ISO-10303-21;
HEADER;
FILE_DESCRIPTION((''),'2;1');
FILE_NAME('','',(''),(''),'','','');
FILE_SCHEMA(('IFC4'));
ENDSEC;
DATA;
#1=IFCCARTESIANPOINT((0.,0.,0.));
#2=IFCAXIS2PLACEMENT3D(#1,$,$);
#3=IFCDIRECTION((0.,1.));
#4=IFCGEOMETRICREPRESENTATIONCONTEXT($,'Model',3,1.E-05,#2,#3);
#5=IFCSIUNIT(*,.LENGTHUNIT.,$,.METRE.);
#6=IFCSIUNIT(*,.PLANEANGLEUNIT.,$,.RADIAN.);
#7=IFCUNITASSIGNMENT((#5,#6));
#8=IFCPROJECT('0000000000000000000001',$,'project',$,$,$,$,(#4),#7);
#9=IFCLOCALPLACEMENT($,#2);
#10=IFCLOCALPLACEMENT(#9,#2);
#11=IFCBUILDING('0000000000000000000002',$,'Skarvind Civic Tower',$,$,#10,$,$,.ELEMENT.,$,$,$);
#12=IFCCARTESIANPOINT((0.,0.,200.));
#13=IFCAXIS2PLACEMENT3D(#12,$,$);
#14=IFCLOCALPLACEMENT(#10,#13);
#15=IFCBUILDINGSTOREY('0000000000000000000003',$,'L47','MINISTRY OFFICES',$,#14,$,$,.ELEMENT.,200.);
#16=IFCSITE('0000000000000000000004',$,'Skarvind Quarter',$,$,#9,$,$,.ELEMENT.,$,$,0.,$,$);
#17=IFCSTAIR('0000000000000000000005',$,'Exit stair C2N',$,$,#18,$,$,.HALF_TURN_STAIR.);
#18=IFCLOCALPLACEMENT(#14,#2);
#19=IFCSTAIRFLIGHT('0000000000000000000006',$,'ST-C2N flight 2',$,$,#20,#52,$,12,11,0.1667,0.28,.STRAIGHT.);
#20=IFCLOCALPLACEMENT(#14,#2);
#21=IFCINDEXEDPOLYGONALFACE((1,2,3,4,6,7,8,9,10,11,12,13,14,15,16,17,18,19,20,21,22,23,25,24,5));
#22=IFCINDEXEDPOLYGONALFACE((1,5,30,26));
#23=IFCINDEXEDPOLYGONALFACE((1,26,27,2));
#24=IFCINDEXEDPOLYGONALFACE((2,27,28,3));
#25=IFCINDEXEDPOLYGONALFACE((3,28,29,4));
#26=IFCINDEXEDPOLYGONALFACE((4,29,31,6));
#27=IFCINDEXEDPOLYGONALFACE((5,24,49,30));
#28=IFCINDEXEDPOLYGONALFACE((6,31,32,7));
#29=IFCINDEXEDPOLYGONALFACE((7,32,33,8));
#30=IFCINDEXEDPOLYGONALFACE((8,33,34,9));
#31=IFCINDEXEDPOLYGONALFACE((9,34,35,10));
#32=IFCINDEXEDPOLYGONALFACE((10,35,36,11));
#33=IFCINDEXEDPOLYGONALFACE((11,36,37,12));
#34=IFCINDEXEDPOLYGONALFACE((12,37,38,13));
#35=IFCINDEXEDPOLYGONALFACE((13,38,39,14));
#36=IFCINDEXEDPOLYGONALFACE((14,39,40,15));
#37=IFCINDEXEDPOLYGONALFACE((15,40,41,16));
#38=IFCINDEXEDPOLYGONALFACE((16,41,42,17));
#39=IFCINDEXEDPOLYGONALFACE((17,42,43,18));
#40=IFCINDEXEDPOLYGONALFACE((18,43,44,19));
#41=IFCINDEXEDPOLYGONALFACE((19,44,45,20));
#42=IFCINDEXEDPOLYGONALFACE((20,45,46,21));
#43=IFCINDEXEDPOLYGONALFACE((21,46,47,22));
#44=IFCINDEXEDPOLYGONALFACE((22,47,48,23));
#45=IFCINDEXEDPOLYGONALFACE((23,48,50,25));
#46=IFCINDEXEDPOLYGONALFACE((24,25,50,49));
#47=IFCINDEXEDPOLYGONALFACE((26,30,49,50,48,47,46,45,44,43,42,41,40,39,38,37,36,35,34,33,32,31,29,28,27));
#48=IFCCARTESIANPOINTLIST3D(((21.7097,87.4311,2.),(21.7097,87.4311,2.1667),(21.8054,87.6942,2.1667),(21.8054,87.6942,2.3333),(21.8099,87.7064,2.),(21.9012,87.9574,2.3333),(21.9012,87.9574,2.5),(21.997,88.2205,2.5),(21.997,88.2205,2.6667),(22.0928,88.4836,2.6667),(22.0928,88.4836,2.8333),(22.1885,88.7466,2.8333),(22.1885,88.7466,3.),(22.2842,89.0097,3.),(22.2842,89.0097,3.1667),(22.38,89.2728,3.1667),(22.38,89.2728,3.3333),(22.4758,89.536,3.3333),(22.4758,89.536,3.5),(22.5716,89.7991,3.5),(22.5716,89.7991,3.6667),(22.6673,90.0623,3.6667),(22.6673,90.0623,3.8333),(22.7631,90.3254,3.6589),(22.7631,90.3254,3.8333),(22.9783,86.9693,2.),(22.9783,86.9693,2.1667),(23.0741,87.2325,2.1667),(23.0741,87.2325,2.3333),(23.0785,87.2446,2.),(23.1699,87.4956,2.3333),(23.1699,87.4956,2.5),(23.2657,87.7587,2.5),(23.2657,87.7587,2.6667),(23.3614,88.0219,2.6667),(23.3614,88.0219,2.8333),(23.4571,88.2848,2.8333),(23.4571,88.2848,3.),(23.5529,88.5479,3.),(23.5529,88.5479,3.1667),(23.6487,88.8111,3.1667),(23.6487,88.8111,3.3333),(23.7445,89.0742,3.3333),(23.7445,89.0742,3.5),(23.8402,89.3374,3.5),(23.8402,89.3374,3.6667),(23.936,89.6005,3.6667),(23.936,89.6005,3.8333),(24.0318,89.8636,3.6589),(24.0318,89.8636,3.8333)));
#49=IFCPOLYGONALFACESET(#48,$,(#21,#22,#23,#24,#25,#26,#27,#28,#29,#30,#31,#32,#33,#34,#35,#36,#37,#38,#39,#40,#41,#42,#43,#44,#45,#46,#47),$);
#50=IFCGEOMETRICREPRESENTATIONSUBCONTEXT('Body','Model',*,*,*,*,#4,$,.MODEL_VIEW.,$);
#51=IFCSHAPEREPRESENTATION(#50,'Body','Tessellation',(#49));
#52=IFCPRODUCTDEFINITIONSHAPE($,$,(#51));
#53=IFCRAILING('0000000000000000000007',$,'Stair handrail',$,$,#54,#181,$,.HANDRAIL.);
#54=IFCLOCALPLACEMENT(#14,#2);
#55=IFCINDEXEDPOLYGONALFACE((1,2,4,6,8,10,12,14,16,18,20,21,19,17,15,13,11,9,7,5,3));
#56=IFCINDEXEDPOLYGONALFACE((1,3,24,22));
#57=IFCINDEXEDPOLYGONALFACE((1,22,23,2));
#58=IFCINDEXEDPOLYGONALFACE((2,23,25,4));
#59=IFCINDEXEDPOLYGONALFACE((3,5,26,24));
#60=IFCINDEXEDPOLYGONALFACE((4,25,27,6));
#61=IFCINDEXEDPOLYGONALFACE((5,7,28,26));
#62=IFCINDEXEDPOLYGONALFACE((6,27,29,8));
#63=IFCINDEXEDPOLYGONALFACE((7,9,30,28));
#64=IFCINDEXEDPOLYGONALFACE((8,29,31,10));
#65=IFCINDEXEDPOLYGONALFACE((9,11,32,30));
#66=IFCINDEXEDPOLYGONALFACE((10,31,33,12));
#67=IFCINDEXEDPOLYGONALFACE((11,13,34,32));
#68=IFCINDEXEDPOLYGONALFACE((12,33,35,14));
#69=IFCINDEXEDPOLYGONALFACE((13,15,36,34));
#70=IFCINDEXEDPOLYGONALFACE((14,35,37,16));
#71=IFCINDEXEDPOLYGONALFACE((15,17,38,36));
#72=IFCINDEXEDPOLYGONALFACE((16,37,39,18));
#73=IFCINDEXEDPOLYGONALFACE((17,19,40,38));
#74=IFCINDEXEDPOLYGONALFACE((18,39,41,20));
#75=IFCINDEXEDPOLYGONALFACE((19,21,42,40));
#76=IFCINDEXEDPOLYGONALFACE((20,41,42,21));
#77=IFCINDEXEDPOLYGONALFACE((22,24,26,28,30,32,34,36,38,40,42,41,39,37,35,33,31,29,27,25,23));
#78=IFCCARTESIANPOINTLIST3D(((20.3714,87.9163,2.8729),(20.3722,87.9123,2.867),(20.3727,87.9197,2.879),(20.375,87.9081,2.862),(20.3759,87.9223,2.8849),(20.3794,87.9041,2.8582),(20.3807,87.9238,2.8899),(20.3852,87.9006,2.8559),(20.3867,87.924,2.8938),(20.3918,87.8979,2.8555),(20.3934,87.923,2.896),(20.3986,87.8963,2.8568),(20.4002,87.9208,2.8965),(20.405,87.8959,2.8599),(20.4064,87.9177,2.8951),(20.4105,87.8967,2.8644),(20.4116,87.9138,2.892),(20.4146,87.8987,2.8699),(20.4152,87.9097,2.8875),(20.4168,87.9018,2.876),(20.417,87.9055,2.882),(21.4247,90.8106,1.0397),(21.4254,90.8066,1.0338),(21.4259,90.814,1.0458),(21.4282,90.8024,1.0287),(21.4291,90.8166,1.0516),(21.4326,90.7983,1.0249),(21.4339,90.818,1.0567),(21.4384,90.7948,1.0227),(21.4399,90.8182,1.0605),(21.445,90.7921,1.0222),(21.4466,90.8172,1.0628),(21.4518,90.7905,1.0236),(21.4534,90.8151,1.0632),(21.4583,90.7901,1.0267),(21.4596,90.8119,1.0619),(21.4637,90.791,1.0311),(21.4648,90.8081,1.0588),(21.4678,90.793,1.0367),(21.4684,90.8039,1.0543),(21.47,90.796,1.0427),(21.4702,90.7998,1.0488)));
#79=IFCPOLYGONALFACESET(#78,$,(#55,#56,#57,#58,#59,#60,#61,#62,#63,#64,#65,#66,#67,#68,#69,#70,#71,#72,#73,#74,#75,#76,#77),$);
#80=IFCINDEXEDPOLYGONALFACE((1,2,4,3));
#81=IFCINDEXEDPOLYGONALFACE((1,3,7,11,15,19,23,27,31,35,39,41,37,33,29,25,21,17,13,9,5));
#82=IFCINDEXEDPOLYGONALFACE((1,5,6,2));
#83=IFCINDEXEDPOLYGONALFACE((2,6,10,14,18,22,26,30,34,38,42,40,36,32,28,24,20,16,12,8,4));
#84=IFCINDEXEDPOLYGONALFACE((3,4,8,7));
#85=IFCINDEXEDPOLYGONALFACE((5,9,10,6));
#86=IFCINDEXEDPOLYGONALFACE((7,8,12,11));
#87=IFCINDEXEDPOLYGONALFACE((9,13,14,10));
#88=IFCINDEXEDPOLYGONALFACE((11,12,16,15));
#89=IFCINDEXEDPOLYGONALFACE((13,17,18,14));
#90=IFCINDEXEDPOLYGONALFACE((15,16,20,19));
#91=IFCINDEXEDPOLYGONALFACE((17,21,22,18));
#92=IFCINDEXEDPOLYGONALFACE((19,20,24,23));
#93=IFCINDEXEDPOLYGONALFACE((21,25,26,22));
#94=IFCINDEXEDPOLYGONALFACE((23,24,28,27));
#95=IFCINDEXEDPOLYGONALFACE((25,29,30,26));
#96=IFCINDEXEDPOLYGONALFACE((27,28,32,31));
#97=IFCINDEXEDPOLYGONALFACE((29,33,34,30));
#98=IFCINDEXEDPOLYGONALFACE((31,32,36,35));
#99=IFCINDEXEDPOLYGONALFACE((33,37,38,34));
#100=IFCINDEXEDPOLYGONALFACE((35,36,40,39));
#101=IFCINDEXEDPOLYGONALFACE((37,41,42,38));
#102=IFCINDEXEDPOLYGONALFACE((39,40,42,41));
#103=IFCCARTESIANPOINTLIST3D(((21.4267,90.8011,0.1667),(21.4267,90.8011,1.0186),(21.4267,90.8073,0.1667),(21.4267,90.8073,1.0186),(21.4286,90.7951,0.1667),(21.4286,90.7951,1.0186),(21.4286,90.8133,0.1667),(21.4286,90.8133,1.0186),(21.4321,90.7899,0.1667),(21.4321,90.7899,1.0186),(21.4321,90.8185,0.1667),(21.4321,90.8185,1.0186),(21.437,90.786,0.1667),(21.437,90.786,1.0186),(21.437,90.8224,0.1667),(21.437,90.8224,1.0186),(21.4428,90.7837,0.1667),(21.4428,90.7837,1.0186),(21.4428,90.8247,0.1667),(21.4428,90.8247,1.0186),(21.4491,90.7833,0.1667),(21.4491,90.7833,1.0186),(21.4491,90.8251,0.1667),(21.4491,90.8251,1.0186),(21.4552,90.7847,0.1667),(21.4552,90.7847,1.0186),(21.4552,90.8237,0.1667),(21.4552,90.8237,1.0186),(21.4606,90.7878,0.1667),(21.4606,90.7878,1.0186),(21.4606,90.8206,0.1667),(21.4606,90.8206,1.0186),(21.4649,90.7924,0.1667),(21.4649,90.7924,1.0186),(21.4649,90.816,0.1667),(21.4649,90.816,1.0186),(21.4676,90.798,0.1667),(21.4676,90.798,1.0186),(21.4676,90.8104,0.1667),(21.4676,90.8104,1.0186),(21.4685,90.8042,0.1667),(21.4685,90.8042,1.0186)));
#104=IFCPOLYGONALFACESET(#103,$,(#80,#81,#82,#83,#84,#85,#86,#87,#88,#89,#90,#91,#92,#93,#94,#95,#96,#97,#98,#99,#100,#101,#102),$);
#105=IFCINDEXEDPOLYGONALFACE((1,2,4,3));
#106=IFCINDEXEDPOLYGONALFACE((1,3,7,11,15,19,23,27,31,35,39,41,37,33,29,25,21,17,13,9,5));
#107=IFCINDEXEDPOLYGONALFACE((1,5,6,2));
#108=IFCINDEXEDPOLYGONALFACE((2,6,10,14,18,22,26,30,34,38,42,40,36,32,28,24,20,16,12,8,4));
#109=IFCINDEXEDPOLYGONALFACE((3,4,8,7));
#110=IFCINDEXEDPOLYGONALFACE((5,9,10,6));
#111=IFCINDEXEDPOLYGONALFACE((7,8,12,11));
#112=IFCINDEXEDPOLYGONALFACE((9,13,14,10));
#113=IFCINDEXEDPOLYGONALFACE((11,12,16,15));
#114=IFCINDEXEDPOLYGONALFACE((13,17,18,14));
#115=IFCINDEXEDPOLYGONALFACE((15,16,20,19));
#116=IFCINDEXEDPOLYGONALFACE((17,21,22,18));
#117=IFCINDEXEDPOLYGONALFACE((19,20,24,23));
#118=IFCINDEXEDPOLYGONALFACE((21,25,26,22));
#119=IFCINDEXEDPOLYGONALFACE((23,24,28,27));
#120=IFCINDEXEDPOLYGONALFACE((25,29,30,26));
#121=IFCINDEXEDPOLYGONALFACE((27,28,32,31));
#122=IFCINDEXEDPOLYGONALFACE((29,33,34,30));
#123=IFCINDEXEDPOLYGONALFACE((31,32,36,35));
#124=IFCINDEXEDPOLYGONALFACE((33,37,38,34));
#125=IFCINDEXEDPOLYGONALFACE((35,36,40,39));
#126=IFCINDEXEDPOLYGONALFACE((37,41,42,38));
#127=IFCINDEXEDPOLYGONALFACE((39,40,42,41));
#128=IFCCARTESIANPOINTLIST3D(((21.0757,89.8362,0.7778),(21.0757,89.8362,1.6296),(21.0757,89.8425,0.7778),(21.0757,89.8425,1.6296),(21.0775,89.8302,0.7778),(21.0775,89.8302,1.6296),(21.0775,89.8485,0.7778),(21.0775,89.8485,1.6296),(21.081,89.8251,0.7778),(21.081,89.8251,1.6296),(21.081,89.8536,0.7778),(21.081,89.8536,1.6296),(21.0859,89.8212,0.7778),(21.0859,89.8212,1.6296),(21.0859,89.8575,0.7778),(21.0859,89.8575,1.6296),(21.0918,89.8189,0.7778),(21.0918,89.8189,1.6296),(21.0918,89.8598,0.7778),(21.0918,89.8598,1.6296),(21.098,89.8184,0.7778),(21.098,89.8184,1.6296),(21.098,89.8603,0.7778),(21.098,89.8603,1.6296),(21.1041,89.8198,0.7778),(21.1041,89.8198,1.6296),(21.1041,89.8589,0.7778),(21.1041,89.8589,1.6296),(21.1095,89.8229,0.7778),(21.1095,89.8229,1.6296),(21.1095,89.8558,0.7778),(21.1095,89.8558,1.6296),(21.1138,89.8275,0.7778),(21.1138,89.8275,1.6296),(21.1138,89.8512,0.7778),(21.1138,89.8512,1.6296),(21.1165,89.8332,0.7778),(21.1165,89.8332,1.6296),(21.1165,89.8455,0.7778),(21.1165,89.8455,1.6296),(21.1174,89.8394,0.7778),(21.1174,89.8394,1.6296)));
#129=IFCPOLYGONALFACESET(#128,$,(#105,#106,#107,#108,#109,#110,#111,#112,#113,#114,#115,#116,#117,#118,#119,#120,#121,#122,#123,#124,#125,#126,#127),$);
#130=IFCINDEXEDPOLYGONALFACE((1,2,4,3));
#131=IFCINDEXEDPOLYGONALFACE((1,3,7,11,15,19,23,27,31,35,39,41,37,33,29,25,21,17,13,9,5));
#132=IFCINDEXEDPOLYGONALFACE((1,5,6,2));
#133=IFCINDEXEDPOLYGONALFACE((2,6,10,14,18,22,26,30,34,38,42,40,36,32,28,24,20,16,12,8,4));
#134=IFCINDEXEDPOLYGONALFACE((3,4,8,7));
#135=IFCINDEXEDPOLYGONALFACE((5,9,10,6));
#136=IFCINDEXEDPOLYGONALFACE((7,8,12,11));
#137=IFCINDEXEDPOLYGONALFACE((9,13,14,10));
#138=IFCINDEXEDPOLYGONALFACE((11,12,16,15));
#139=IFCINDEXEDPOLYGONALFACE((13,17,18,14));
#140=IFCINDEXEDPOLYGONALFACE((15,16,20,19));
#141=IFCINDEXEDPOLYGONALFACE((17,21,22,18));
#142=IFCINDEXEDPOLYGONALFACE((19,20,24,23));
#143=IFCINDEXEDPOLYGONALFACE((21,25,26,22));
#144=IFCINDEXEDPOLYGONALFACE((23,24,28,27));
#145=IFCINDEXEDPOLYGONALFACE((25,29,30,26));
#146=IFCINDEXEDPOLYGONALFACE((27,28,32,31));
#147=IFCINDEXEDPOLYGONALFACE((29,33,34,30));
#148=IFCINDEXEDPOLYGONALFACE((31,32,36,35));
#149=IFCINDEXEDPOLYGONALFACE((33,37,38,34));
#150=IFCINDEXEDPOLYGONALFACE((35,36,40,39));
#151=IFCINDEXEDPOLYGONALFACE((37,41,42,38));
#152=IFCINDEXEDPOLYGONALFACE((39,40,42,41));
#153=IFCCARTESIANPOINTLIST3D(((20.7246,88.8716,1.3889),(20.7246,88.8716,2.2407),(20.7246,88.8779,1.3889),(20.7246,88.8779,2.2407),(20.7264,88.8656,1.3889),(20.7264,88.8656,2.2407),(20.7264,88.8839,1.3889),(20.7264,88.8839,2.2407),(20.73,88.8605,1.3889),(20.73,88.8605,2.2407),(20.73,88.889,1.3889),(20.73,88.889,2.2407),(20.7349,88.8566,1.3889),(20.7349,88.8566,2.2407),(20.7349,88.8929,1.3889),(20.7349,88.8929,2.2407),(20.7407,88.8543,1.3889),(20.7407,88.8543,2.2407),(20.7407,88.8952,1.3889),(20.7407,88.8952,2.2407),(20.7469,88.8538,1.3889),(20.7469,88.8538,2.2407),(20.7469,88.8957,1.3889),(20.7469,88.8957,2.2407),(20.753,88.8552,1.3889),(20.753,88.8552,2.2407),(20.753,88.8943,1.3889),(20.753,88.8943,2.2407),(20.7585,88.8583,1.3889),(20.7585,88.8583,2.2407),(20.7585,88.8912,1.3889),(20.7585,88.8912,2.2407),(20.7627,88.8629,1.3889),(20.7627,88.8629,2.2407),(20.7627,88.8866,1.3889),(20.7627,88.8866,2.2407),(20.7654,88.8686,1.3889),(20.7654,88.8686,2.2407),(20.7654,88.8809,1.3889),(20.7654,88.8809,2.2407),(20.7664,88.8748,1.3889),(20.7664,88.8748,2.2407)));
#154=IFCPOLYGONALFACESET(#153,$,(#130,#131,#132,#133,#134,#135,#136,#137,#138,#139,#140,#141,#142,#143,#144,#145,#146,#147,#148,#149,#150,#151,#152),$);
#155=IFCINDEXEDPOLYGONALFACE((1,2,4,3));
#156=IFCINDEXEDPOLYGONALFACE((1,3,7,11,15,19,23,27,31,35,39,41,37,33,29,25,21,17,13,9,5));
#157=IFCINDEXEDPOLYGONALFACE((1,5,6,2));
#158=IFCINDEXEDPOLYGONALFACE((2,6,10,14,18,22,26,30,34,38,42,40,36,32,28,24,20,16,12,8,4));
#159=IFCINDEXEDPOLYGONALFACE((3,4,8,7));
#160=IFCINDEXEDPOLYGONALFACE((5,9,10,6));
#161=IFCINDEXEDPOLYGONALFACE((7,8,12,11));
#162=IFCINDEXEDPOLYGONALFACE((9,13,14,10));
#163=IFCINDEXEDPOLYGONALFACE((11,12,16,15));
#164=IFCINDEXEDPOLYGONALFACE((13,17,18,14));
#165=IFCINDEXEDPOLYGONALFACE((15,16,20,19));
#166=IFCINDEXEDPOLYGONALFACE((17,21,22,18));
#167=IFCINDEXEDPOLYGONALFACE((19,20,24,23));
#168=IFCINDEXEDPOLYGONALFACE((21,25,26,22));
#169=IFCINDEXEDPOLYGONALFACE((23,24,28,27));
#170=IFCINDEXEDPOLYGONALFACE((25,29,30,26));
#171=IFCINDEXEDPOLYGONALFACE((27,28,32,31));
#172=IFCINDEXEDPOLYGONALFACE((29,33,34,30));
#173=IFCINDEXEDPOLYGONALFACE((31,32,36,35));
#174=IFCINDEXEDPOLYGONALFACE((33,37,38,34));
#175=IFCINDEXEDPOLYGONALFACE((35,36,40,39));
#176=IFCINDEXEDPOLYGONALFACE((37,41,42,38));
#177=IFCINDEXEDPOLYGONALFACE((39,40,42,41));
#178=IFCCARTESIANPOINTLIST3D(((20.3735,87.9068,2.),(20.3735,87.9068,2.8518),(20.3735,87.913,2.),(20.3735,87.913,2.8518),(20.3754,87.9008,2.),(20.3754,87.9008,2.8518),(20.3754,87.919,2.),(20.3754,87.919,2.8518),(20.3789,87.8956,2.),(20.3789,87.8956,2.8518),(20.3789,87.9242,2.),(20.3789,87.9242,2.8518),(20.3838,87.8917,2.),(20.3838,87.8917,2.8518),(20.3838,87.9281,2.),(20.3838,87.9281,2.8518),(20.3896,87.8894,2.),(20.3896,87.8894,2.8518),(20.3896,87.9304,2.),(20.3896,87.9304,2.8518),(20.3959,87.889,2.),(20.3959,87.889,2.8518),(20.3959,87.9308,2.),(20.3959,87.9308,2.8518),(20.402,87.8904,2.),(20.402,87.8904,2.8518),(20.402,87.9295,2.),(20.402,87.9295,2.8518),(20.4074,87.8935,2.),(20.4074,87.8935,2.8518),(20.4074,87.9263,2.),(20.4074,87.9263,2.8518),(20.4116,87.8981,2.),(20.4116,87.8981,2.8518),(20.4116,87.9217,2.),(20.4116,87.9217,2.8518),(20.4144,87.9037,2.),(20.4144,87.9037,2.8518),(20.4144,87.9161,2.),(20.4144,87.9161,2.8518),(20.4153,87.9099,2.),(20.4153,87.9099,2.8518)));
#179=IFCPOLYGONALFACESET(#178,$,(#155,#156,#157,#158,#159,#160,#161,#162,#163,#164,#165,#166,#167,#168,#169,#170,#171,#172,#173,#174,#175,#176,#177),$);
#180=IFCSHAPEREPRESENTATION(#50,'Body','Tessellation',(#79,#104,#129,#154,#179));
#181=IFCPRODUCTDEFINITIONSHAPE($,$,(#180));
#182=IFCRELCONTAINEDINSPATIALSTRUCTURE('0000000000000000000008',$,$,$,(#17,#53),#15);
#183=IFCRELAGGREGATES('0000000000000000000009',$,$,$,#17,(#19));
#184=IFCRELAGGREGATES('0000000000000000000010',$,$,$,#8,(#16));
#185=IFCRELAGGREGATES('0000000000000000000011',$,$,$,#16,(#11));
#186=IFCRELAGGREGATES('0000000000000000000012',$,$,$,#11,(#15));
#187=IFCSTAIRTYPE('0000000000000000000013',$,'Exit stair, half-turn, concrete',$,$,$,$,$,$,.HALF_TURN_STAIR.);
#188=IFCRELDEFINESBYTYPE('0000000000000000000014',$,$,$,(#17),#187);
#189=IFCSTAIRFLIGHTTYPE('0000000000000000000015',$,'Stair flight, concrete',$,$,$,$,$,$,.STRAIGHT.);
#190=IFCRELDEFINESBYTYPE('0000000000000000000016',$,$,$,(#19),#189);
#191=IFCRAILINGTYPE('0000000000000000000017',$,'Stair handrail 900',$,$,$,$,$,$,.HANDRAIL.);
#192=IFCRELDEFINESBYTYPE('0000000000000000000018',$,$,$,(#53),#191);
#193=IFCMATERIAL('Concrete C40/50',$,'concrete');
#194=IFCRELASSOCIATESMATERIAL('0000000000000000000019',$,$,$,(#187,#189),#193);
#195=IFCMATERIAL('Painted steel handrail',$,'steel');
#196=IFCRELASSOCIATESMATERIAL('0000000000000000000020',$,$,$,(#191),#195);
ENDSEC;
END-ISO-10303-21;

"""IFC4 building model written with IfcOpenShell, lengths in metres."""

from ifc_helpers import new_model, si_unit, direction, frame, origin, origin_2d, place, context, subcontext, project, spatial, polyline, circle, outline, extrude, material, type_object, element, aggregate, save


model = new_model("IFC4")

# Units and contexts
model_context = context("Model", 3, precision=1e-05, world=origin(), true_north=direction((0.0, 1.0)))
body_context = subcontext(model_context, "Body", "Model", "MODEL_VIEW")
ifc_project = project(units=[si_unit("LENGTHUNIT", "METRE"), si_unit("PLANEANGLEUNIT", "RADIAN")], contexts=[model_context])

# Site, building, storey
site_placement = place(None, origin())
site = spatial("IfcSite", under=ifc_project, at=site_placement, Name="Skarvind Quarter", CompositionType="ELEMENT", RefElevation=0.0)
building_placement = place(site_placement, origin())
building = spatial("IfcBuilding", under=site, at=building_placement, Name="Skarvind Civic Tower", CompositionType="ELEMENT")
storey_placement = place(building_placement, frame((0.0, 0.0, 200.0)))
storey = spatial("IfcBuildingStorey", under=building, at=storey_placement, Name="L47", Description="MINISTRY OFFICES", CompositionType="ELEMENT", Elevation=200.0)

# Stair, stair flight
ifc_material_1 = material(Name="Concrete C40/50", Category="concrete")
stair_type = type_object("IfcStairType", Name="Exit stair, half-turn, concrete", PredefinedType="HALF_TURN_STAIR", material=ifc_material_1)
stair_placement = place(storey_placement, origin())
stair = element("IfcStair", 1, at=stair_placement, inside=storey, type_object=stair_type, Name="Exit stair C2N", PredefinedType="HALF_TURN_STAIR")
stair_flight_type = type_object("IfcStairFlightType", Name="Stair flight, concrete", PredefinedType="STRAIGHT", material=ifc_material_1)
stair_flight_1_placement = place(storey_placement, frame((22.344, 87.2002, 2.0), z_axis=(0.0, 0.0, 1.0), x_axis=(0.34202, 0.939693, 0.0)))
stair_flight_1 = element("IfcStairFlight", 2, at=stair_flight_1_placement, type_object=stair_flight_type, Name="ST-C2N flight 2", NumberOfRisers=12, NumberOfTreads=11, PredefinedType="STRAIGHT", RiserHeight=0.1667, TreadLength=0.28, context=body_context, shape_type="SweptSolid", body=[
    extrude(outline(polyline([(0.0, 0.0), (0.0, 0.1667), (0.28, 0.1667), (0.28, 0.3333), (0.5601, 0.3333), (0.5601, 0.5), (0.8401, 0.5), (0.8401, 0.6667), (1.1201, 0.6667), (1.1201, 0.8333), (1.3999, 0.8333), (1.3999, 1.0), (1.6799, 1.0), (1.6799, 1.1667), (1.96, 1.1667), (1.96, 1.3333), (2.24, 1.3333), (2.24, 1.5), (2.52, 1.5), (2.52, 1.6667), (2.8, 1.6667), (2.8, 1.8333), (3.0801, 1.8333), (3.0801, 2.0), (3.0801, 1.6589), (0.293, 0.0), (0.0, 0.0)])), frame((0.0, 0.675, 0.0), z_axis=(0.0, -1.0, 0.0), x_axis=(1.0, 0.0, 0.0)), (0.0, 0.0, 1.0), 1.3501),
])
aggregate(stair, [stair_flight_1])

# Railing
ifc_material_2 = material(Name="Painted steel handrail", Category="steel")
railing_type = type_object("IfcRailingType", Name="Stair handrail 900", PredefinedType="HANDRAIL", material=ifc_material_2)
railing_1_placement = place(storey_placement, frame((21.4475, 90.8042, 0.1667)))
element("IfcRailing", 3, at=railing_1_placement, inside=storey, type_object=railing_type, Name="Stair handrail", PredefinedType="HANDRAIL", context=body_context, shape_type="SweptSolid", body=[
    extrude(circle(Radius=0.0239, at=origin_2d()), frame((0.0, 0.0, 0.876), z_axis=(-0.293846, -0.807497, 0.511472), x_axis=(0.939715, -0.341959, 0.0)), (0.0, 0.0, 1.0), 3.5842),
    extrude(circle(Radius=0.021, at=origin_2d()), origin(), (0.0, 0.0, 1.0), 0.8518),
    extrude(circle(Radius=0.021, at=origin_2d()), frame((-0.3511, -0.9648, 0.6111)), (0.0, 0.0, 1.0), 0.8518),
    extrude(circle(Radius=0.021, at=origin_2d()), frame((-0.7021, -1.9294, 1.2222)), (0.0, 0.0, 1.0), 0.8518),
    extrude(circle(Radius=0.021, at=origin_2d()), frame((-1.0532, -2.8943, 1.8333)), (0.0, 0.0, 1.0), 0.8518),
])

save(model, "model.ifc")
